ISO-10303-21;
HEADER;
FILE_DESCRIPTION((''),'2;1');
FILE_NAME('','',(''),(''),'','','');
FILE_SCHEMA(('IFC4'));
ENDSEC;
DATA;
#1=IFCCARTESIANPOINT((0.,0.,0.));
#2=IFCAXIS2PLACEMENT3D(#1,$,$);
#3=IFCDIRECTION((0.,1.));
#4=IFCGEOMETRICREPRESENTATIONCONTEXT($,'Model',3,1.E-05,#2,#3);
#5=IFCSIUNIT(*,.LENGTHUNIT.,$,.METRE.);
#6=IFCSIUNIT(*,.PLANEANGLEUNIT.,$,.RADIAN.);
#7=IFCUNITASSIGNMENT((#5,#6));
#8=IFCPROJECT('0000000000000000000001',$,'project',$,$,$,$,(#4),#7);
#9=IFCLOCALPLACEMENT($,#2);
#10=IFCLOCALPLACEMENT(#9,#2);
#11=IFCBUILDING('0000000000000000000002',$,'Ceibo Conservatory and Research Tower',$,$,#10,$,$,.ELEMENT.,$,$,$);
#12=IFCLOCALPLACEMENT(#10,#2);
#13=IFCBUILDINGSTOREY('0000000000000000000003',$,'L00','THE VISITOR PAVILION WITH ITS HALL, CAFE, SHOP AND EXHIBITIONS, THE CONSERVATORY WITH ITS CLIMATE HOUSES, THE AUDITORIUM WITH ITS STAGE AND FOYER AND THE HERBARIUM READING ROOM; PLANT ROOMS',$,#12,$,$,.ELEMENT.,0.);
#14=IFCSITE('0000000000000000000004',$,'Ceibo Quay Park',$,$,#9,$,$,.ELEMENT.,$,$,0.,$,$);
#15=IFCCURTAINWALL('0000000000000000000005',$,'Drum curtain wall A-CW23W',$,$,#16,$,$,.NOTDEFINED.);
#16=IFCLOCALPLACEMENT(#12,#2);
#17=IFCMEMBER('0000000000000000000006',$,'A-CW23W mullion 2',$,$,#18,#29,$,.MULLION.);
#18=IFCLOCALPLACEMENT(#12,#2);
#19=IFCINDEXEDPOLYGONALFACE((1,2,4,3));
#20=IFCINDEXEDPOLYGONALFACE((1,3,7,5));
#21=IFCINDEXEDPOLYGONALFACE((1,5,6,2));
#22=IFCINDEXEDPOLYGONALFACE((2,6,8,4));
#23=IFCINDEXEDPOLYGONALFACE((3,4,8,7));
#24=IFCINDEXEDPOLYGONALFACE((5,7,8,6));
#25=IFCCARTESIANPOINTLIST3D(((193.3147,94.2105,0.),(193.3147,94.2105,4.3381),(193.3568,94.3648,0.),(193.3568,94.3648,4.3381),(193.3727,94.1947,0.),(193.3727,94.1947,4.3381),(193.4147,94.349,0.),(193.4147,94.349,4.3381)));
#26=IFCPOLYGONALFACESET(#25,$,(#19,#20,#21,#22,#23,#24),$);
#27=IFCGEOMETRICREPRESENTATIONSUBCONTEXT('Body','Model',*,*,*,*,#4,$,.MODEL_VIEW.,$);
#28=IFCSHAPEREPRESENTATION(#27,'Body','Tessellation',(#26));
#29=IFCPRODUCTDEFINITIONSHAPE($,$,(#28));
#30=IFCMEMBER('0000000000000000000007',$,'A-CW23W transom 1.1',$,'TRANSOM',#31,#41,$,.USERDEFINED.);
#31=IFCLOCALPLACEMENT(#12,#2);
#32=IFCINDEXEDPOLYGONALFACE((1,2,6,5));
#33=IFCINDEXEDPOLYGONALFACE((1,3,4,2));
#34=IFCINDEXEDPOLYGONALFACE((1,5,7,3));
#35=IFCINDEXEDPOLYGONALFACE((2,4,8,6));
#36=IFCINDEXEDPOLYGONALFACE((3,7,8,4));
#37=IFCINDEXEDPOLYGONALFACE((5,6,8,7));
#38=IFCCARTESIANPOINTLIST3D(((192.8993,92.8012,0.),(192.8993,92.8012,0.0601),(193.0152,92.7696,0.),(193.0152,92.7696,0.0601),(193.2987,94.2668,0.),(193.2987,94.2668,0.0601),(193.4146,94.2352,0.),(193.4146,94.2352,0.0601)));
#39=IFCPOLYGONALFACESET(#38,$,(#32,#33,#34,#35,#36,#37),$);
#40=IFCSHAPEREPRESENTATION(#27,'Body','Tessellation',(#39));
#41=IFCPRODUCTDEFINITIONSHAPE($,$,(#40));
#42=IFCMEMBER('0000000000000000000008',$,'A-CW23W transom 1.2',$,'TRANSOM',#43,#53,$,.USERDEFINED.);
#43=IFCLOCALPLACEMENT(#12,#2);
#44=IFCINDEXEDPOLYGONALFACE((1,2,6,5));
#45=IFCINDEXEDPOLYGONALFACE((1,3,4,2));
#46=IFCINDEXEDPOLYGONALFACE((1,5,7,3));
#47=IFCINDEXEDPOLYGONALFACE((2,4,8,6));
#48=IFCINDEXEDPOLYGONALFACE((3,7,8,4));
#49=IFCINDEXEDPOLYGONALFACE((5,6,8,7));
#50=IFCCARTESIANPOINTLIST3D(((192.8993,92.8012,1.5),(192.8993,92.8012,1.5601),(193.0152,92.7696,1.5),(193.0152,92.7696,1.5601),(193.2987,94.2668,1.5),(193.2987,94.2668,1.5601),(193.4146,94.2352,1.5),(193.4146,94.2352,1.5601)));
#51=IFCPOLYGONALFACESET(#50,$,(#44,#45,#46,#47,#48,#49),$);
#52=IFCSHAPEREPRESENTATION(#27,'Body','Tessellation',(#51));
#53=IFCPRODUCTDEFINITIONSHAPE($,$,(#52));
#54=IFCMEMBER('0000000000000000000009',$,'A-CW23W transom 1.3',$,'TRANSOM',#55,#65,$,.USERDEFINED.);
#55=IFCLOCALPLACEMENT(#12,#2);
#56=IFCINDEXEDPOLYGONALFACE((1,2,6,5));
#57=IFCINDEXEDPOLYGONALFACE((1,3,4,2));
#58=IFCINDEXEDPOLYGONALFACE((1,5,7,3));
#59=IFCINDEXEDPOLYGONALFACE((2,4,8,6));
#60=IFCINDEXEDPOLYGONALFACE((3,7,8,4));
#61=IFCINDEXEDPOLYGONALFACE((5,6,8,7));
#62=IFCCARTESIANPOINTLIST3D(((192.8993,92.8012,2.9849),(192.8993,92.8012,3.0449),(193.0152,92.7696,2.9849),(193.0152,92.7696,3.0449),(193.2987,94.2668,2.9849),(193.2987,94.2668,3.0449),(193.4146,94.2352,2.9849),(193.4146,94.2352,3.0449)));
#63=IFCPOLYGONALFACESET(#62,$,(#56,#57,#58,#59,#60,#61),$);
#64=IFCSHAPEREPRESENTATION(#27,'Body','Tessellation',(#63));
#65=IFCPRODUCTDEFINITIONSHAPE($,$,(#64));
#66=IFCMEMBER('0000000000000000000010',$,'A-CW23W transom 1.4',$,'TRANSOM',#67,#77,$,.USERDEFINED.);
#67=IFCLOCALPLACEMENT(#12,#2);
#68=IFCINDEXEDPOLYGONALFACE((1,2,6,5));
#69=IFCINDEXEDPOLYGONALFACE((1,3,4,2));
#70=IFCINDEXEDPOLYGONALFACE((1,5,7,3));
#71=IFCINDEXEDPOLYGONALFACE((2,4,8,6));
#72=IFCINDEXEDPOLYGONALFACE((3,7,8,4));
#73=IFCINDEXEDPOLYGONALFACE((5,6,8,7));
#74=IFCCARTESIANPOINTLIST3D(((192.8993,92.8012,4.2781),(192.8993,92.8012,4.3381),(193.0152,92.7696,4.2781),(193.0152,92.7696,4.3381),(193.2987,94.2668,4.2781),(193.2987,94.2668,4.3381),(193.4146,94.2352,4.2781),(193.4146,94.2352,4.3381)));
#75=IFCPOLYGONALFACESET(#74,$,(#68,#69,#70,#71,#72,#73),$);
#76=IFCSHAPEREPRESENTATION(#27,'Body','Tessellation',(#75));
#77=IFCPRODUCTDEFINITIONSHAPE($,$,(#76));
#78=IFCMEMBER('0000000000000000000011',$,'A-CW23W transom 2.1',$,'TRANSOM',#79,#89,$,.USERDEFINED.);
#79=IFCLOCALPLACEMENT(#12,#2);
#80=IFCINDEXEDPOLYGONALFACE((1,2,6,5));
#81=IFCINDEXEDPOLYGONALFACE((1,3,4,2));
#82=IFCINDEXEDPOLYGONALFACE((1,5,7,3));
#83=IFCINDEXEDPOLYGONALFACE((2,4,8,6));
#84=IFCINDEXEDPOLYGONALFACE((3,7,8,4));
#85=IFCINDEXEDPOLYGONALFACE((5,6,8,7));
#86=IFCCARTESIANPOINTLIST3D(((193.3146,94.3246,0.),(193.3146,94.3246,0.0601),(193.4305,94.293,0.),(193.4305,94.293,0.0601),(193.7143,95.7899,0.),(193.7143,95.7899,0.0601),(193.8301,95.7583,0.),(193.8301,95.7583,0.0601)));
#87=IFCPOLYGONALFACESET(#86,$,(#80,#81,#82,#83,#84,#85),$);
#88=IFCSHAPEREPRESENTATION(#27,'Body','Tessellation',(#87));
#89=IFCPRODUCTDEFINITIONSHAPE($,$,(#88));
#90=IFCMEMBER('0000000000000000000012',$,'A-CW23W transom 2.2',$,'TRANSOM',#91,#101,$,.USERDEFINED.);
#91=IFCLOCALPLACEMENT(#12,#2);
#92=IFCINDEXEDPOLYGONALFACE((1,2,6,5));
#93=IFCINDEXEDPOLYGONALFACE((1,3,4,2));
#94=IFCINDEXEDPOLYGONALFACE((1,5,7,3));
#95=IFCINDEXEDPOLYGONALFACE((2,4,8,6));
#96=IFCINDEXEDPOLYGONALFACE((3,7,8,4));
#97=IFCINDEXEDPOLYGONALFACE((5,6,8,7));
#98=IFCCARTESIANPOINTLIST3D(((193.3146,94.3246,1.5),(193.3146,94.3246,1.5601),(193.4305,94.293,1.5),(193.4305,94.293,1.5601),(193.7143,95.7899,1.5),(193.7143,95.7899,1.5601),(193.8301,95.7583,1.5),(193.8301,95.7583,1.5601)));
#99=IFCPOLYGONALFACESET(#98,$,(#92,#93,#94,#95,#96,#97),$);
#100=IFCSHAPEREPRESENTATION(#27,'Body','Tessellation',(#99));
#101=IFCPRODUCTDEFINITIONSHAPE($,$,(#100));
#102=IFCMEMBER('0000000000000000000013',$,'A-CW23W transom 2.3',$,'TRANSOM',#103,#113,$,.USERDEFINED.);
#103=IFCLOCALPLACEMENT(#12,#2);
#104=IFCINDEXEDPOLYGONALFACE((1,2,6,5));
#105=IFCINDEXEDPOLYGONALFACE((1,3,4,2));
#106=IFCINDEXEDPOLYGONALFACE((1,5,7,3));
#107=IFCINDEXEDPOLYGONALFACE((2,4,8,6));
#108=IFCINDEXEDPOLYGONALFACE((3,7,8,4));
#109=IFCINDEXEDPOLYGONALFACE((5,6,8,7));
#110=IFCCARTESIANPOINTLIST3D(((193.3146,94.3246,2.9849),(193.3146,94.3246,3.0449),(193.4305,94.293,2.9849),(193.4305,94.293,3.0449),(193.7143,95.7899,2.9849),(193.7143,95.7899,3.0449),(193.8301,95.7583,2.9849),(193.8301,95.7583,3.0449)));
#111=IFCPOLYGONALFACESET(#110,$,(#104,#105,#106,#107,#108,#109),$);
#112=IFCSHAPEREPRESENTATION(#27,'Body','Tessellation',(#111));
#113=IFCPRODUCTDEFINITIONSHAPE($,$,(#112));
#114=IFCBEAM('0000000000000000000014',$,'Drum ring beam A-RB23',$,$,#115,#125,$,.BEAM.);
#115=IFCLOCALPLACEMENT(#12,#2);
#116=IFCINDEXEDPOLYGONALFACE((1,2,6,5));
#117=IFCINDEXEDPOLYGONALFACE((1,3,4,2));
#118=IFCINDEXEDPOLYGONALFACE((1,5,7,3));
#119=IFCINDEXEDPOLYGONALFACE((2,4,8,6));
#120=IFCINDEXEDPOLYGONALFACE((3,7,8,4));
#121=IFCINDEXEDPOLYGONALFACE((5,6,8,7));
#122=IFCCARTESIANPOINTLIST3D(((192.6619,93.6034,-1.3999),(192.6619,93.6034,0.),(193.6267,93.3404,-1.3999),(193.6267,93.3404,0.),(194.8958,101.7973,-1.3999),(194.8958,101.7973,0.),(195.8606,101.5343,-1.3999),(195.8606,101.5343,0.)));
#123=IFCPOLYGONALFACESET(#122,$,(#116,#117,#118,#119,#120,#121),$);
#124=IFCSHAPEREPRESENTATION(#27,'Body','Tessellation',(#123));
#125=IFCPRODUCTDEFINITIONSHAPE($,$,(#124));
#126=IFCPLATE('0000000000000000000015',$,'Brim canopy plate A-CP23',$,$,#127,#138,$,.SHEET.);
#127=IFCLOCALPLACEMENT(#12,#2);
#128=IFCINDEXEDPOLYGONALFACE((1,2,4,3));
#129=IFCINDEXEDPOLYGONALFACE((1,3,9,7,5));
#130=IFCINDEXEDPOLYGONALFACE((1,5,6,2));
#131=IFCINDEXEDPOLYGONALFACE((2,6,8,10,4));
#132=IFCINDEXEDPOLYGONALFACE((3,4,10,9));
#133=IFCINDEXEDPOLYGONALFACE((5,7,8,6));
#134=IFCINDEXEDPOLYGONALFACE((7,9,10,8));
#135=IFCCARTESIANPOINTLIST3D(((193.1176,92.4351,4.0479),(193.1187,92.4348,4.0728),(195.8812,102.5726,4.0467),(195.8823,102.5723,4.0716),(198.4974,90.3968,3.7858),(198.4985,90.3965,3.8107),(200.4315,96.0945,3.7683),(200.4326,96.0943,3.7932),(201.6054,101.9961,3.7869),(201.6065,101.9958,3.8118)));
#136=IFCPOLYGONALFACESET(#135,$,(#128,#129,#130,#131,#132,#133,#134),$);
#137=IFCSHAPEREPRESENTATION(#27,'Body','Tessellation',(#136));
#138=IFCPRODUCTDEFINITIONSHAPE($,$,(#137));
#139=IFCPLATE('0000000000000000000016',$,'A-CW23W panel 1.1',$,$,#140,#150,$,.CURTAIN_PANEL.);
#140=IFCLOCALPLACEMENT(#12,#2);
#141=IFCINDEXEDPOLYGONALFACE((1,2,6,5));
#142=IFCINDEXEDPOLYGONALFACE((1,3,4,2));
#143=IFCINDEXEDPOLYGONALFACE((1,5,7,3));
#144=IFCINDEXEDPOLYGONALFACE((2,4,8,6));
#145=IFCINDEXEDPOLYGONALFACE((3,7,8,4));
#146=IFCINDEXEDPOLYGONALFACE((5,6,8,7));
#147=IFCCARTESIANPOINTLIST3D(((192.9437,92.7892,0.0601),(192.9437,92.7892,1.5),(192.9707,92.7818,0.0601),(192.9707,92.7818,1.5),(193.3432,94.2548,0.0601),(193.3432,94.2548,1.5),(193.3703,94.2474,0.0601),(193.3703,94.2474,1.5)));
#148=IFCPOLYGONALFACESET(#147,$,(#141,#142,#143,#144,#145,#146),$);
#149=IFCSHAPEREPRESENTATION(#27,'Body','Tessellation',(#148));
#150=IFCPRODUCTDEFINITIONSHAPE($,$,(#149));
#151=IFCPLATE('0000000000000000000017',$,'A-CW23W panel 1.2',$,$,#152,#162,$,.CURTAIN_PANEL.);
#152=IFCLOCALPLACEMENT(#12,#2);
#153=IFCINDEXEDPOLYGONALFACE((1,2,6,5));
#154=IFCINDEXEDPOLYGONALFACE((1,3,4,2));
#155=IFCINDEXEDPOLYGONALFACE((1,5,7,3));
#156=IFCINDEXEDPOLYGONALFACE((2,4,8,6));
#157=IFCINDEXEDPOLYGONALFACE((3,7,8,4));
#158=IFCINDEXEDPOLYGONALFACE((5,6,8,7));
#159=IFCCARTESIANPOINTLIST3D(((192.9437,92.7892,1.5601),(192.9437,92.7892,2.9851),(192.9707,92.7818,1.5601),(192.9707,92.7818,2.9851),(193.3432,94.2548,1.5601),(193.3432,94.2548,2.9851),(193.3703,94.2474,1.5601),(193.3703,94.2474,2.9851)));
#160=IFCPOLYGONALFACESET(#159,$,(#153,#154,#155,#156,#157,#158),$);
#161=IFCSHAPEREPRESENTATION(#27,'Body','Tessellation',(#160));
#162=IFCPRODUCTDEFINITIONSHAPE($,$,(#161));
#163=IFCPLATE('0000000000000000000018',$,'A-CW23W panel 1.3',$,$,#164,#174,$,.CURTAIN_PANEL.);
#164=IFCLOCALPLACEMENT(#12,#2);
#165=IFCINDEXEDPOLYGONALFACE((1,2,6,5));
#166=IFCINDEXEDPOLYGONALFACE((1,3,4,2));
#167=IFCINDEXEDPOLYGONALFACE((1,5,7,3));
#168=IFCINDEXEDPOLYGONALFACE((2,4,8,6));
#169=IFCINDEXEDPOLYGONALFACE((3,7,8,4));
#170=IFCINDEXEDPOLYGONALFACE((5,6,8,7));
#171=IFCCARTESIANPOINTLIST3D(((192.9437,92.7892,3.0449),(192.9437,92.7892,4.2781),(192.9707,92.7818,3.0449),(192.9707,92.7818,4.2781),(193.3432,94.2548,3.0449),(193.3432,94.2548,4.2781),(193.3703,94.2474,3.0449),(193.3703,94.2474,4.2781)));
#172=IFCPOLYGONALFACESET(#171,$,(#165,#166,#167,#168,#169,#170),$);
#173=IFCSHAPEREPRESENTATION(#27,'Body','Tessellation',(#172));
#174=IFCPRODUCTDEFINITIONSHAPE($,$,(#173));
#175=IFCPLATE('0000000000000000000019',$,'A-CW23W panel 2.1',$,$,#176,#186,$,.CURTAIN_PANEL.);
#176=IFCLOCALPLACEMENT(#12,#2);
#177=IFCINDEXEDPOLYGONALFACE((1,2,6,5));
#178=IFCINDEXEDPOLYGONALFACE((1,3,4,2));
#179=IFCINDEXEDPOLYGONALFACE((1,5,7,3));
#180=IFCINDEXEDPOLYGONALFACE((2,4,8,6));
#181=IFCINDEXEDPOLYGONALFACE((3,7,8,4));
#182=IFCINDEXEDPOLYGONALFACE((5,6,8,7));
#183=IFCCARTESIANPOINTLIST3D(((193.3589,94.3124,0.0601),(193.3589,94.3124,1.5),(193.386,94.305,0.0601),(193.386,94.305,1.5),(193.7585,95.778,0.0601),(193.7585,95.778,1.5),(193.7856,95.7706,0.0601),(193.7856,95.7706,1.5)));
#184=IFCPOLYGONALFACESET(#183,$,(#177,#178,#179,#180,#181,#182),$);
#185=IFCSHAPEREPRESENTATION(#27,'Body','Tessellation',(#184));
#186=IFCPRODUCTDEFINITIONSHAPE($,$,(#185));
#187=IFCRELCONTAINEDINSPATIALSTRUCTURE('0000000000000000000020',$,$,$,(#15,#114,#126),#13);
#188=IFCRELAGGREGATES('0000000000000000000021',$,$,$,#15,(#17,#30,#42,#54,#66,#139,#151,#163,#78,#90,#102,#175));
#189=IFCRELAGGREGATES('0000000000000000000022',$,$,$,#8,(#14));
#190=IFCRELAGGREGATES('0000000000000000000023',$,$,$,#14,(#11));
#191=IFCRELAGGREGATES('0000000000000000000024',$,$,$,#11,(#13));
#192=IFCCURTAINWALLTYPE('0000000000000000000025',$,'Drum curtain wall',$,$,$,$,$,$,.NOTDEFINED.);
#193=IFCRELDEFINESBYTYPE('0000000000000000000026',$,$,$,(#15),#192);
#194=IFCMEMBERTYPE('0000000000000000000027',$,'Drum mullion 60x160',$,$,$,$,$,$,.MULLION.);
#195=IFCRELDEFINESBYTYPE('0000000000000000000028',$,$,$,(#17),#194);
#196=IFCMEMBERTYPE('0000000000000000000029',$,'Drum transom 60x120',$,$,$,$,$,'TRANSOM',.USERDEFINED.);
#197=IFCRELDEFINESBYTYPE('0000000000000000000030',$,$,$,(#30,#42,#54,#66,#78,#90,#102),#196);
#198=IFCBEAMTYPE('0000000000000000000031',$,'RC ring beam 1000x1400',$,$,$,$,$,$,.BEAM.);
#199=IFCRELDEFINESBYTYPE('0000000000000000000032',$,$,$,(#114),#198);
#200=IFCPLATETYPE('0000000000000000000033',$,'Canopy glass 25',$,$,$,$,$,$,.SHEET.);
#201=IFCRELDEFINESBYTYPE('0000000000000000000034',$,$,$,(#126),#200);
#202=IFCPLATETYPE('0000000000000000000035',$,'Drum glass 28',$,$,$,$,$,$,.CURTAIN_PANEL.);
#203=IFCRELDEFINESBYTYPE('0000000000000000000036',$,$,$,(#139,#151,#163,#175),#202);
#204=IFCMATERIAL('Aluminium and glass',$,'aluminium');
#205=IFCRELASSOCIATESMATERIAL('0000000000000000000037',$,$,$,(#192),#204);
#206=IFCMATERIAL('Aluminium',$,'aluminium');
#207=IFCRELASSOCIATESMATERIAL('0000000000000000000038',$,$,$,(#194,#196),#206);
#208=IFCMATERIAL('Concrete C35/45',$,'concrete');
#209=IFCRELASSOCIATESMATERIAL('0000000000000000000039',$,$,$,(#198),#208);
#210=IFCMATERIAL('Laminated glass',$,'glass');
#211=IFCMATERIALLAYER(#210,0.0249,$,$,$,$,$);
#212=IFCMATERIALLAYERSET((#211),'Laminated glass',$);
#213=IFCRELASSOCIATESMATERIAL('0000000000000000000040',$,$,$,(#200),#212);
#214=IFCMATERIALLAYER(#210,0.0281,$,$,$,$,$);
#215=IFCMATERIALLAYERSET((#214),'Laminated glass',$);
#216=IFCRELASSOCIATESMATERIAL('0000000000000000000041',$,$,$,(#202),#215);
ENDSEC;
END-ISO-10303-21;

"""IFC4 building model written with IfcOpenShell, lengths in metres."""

from ifc_helpers import new_model, si_unit, direction, frame, origin, origin_2d, place, context, subcontext, project, spatial, polyline, rectangle, outline, extrude, material, layer, layer_set, material_profile, profile_set, type_object, element, aggregate, save


model = new_model("IFC4")

# Units and contexts
model_context = context("Model", 3, precision=1e-05, world=origin(), true_north=direction((0.0, 1.0)))
body_context = subcontext(model_context, "Body", "Model", "MODEL_VIEW")
ifc_project = project(units=[si_unit("LENGTHUNIT", "METRE"), si_unit("PLANEANGLEUNIT", "RADIAN")], contexts=[model_context])

# Site, building, storey
site_placement = place(None, origin())
site = spatial("IfcSite", under=ifc_project, at=site_placement, Name="Ceibo Quay Park", CompositionType="ELEMENT", RefElevation=0.0)
building_placement = place(site_placement, origin())
building = spatial("IfcBuilding", under=site, at=building_placement, Name="Ceibo Conservatory and Research Tower", CompositionType="ELEMENT")
storey_placement = place(building_placement, origin())
storey = spatial("IfcBuildingStorey", under=building, at=storey_placement, Name="L00", Description="THE VISITOR PAVILION WITH ITS HALL, CAFE, SHOP AND EXHIBITIONS, THE CONSERVATORY WITH ITS CLIMATE HOUSES, THE AUDITORIUM WITH ITS STAGE AND FOYER AND THE HERBARIUM READING ROOM; PLANT ROOMS", CompositionType="ELEMENT", Elevation=0.0)

# Shared definitions
ifc_material_1 = material(Name="Concrete C35/45", Category="concrete")

# Shared definitions
ifc_material_2 = material(Name="Aluminium and glass", Category="aluminium")
curtain_wall_type = type_object("IfcCurtainWallType", Name="Drum curtain wall", PredefinedType="NOTDEFINED", material=ifc_material_2)
ifc_material_3 = material(Name="Aluminium", Category="aluminium")
ifc_material_profile_1 = material_profile(ifc_material_3, rectangle(XDim=0.0601, YDim=0.1599, at=origin_2d()), Name="AL 60x160")
ifc_profile_set_1 = profile_set([ifc_material_profile_1], Name="Aluminium")
member_type_1 = type_object("IfcMemberType", Name="Drum mullion 60x160", PredefinedType="MULLION", material=ifc_profile_set_1)

# Curtain wall, members
curtain_wall_1_placement = place(storey_placement, origin())
curtain_wall_1 = element("IfcCurtainWall", 1, at=curtain_wall_1_placement, inside=storey, type_object=curtain_wall_type, Name="Drum curtain wall A-CW23W", PredefinedType="NOTDEFINED")
member_1_placement = place(storey_placement, frame((193.3647, 94.2798, 0.0), z_axis=(0.0, 0.0, 1.0), x_axis=(-0.964787, 0.263031, 0.0)))
member_1 = element("IfcMember", 2, at=member_1_placement, type_object=member_type_1, Name="A-CW23W mullion 2", PredefinedType="MULLION", context=body_context, shape_type="SweptSolid", body=[
    extrude(rectangle(XDim=0.0601, YDim=0.1599, at=origin_2d()), origin(), (0.0, 0.0, 1.0), 4.3381),
])
ifc_material_profile_2 = material_profile(ifc_material_3, rectangle(XDim=0.1201, YDim=0.0601, at=origin_2d()), Name="AL 60x120")
ifc_profile_set_2 = profile_set([ifc_material_profile_2], Name="Aluminium")
member_type_2 = type_object("IfcMemberType", Name="Drum transom 60x120", ElementType="TRANSOM", PredefinedType="USERDEFINED", material=ifc_profile_set_2)
member_2_placement = place(storey_placement, frame((192.9573, 92.7854, 0.03), z_axis=(0.262941, 0.964812, 0.0), x_axis=(-0.964812, 0.262941, 0.0)))
member_2 = element("IfcMember", 3, at=member_2_placement, type_object=member_type_2, Name="A-CW23W transom 1.1", ObjectType="TRANSOM", PredefinedType="USERDEFINED", context=body_context, shape_type="SweptSolid", body=[
    extrude(rectangle(XDim=0.1201, YDim=0.0601, at=origin_2d()), origin(), (0.0, 0.0, 1.0), 1.519),
])
member_3_placement = place(storey_placement, frame((192.9573, 92.7854, 1.53), z_axis=(0.262941, 0.964812, 0.0), x_axis=(-0.964812, 0.262941, 0.0)))
member_3 = element("IfcMember", 4, at=member_3_placement, type_object=member_type_2, Name="A-CW23W transom 1.2", ObjectType="TRANSOM", PredefinedType="USERDEFINED", context=body_context, shape_type="SweptSolid", body=[
    extrude(rectangle(XDim=0.1201, YDim=0.0601, at=origin_2d()), origin(), (0.0, 0.0, 1.0), 1.519),
])
member_4_placement = place(storey_placement, frame((192.9573, 92.7854, 3.0149), z_axis=(0.262941, 0.964812, 0.0), x_axis=(-0.964812, 0.262941, 0.0)))
member_4 = element("IfcMember", 5, at=member_4_placement, type_object=member_type_2, Name="A-CW23W transom 1.3", ObjectType="TRANSOM", PredefinedType="USERDEFINED", context=body_context, shape_type="SweptSolid", body=[
    extrude(rectangle(XDim=0.1201, YDim=0.0601, at=origin_2d()), origin(), (0.0, 0.0, 1.0), 1.519),
])
member_5_placement = place(storey_placement, frame((192.9573, 92.7854, 4.3081), z_axis=(0.262941, 0.964812, 0.0), x_axis=(-0.964812, 0.262941, 0.0)))
member_5 = element("IfcMember", 6, at=member_5_placement, type_object=member_type_2, Name="A-CW23W transom 1.4", ObjectType="TRANSOM", PredefinedType="USERDEFINED", context=body_context, shape_type="SweptSolid", body=[
    extrude(rectangle(XDim=0.1201, YDim=0.0601, at=origin_2d()), origin(), (0.0, 0.0, 1.0), 1.519),
])
member_6_placement = place(storey_placement, frame((193.3726, 94.3088, 0.03), z_axis=(0.263131, 0.96476, 0.0), x_axis=(-0.96476, 0.263131, 0.0)))
member_6 = element("IfcMember", 7, at=member_6_placement, type_object=member_type_2, Name="A-CW23W transom 2.1", ObjectType="TRANSOM", PredefinedType="USERDEFINED", context=body_context, shape_type="SweptSolid", body=[
    extrude(rectangle(XDim=0.1201, YDim=0.0601, at=origin_2d()), origin(), (0.0, 0.0, 1.0), 1.5188),
])
member_7_placement = place(storey_placement, frame((193.3726, 94.3088, 1.53), z_axis=(0.263131, 0.96476, 0.0), x_axis=(-0.96476, 0.263131, 0.0)))
member_7 = element("IfcMember", 8, at=member_7_placement, type_object=member_type_2, Name="A-CW23W transom 2.2", ObjectType="TRANSOM", PredefinedType="USERDEFINED", context=body_context, shape_type="SweptSolid", body=[
    extrude(rectangle(XDim=0.1201, YDim=0.0601, at=origin_2d()), origin(), (0.0, 0.0, 1.0), 1.5188),
])
member_8_placement = place(storey_placement, frame((193.3726, 94.3088, 3.0149), z_axis=(0.263131, 0.96476, 0.0), x_axis=(-0.96476, 0.263131, 0.0)))
member_8 = element("IfcMember", 9, at=member_8_placement, type_object=member_type_2, Name="A-CW23W transom 2.3", ObjectType="TRANSOM", PredefinedType="USERDEFINED", context=body_context, shape_type="SweptSolid", body=[
    extrude(rectangle(XDim=0.1201, YDim=0.0601, at=origin_2d()), origin(), (0.0, 0.0, 1.0), 1.5188),
])

# Beam
ifc_material_profile_3 = material_profile(ifc_material_1, rectangle(XDim=1.0, YDim=1.3999, at=origin_2d()), Name="RC 1000x1400")
ifc_profile_set_3 = profile_set([ifc_material_profile_3], Name="Concrete C35/45")
beam_type = type_object("IfcBeamType", Name="RC ring beam 1000x1400", PredefinedType="BEAM", material=ifc_profile_set_3)
beam_placement = place(storey_placement, frame((193.1443, 93.4719, -0.7), z_axis=(0.26303, 0.964788, 0.0), x_axis=(-0.964788, 0.26303, 0.0)))
element("IfcBeam", 10, at=beam_placement, inside=storey, type_object=beam_type, Name="Drum ring beam A-RB23", PredefinedType="BEAM", context=body_context, shape_type="SweptSolid", body=[
    extrude(rectangle(XDim=1.0, YDim=1.3999, at=origin_2d()), origin(), (0.0, 0.0, 1.0), 8.4929),
])

# Plates
ifc_material_4 = material(Name="Laminated glass", Category="glass")
ifc_layer_1 = layer(ifc_material_4, 0.0249)
ifc_layer_set_1 = layer_set([ifc_layer_1], Name="Laminated glass")
plate_type_1 = type_object("IfcPlateType", Name="Canopy glass 25", PredefinedType="SHEET", material=ifc_layer_set_1)
plate_1_placement = place(storey_placement, frame((193.1187, 92.4348, 4.0728), z_axis=(-0.044147, 0.011922, -0.998954), x_axis=(0.263016, 0.964791, -0.000109)))
element("IfcPlate", 11, at=plate_1_placement, inside=storey, type_object=plate_type_1, Name="Brim canopy plate A-CP23", PredefinedType="SHEET", context=body_context, shape_type="SweptSolid", body=[
    extrude(outline(polyline([(0.0, 0.0), (10.5074, 0.0), (11.4569, 5.6802), (5.4543, 6.1003), (-0.5515, 5.7326), (0.0, 0.0)])), origin(), (0.0, 0.0, 1.0), 0.0249),
])
ifc_layer_2 = layer(ifc_material_4, 0.0281)
ifc_layer_set_2 = layer_set([ifc_layer_2], Name="Laminated glass")
plate_type_2 = type_object("IfcPlateType", Name="Drum glass 28", PredefinedType="CURTAIN_PANEL", material=ifc_layer_set_2)
plate_2_placement = place(storey_placement, frame((193.157, 93.5183, 0.0601), z_axis=(0.0, 0.0, 1.0), x_axis=(0.263031, 0.964787, 0.0)))
plate_2 = element("IfcPlate", 12, at=plate_2_placement, type_object=plate_type_2, Name="A-CW23W panel 1.1", PredefinedType="CURTAIN_PANEL", context=body_context, shape_type="SweptSolid", body=[
    extrude(rectangle(XDim=1.519, YDim=0.0281, at=origin_2d()), origin(), (0.0, 0.0, 1.0), 1.4399),
])
plate_3_placement = place(storey_placement, frame((193.157, 93.5183, 1.5601), z_axis=(0.0, 0.0, 1.0), x_axis=(0.263031, 0.964787, 0.0)))
plate_3 = element("IfcPlate", 13, at=plate_3_placement, type_object=plate_type_2, Name="A-CW23W panel 1.2", PredefinedType="CURTAIN_PANEL", context=body_context, shape_type="SweptSolid", body=[
    extrude(rectangle(XDim=1.519, YDim=0.0281, at=origin_2d()), origin(), (0.0, 0.0, 1.0), 1.425),
])
plate_4_placement = place(storey_placement, frame((193.157, 93.5183, 3.0449), z_axis=(0.0, 0.0, 1.0), x_axis=(0.263031, 0.964787, 0.0)))
plate_4 = element("IfcPlate", 14, at=plate_4_placement, type_object=plate_type_2, Name="A-CW23W panel 1.3", PredefinedType="CURTAIN_PANEL", context=body_context, shape_type="SweptSolid", body=[
    extrude(rectangle(XDim=1.519, YDim=0.0281, at=origin_2d()), origin(), (0.0, 0.0, 1.0), 1.2332),
])
plate_5_placement = place(storey_placement, frame((193.5723, 95.0415, 0.0601), z_axis=(0.0, 0.0, 1.0), x_axis=(0.263031, 0.964787, 0.0)))
plate_5 = element("IfcPlate", 15, at=plate_5_placement, type_object=plate_type_2, Name="A-CW23W panel 2.1", PredefinedType="CURTAIN_PANEL", context=body_context, shape_type="SweptSolid", body=[
    extrude(rectangle(XDim=1.519, YDim=0.0281, at=origin_2d()), origin(), (0.0, 0.0, 1.0), 1.4399),
])
aggregate(curtain_wall_1, [member_1, member_2, member_3, member_4, member_5, plate_2, plate_3, plate_4, member_6, member_7, member_8, plate_5])

save(model, "model.ifc")
